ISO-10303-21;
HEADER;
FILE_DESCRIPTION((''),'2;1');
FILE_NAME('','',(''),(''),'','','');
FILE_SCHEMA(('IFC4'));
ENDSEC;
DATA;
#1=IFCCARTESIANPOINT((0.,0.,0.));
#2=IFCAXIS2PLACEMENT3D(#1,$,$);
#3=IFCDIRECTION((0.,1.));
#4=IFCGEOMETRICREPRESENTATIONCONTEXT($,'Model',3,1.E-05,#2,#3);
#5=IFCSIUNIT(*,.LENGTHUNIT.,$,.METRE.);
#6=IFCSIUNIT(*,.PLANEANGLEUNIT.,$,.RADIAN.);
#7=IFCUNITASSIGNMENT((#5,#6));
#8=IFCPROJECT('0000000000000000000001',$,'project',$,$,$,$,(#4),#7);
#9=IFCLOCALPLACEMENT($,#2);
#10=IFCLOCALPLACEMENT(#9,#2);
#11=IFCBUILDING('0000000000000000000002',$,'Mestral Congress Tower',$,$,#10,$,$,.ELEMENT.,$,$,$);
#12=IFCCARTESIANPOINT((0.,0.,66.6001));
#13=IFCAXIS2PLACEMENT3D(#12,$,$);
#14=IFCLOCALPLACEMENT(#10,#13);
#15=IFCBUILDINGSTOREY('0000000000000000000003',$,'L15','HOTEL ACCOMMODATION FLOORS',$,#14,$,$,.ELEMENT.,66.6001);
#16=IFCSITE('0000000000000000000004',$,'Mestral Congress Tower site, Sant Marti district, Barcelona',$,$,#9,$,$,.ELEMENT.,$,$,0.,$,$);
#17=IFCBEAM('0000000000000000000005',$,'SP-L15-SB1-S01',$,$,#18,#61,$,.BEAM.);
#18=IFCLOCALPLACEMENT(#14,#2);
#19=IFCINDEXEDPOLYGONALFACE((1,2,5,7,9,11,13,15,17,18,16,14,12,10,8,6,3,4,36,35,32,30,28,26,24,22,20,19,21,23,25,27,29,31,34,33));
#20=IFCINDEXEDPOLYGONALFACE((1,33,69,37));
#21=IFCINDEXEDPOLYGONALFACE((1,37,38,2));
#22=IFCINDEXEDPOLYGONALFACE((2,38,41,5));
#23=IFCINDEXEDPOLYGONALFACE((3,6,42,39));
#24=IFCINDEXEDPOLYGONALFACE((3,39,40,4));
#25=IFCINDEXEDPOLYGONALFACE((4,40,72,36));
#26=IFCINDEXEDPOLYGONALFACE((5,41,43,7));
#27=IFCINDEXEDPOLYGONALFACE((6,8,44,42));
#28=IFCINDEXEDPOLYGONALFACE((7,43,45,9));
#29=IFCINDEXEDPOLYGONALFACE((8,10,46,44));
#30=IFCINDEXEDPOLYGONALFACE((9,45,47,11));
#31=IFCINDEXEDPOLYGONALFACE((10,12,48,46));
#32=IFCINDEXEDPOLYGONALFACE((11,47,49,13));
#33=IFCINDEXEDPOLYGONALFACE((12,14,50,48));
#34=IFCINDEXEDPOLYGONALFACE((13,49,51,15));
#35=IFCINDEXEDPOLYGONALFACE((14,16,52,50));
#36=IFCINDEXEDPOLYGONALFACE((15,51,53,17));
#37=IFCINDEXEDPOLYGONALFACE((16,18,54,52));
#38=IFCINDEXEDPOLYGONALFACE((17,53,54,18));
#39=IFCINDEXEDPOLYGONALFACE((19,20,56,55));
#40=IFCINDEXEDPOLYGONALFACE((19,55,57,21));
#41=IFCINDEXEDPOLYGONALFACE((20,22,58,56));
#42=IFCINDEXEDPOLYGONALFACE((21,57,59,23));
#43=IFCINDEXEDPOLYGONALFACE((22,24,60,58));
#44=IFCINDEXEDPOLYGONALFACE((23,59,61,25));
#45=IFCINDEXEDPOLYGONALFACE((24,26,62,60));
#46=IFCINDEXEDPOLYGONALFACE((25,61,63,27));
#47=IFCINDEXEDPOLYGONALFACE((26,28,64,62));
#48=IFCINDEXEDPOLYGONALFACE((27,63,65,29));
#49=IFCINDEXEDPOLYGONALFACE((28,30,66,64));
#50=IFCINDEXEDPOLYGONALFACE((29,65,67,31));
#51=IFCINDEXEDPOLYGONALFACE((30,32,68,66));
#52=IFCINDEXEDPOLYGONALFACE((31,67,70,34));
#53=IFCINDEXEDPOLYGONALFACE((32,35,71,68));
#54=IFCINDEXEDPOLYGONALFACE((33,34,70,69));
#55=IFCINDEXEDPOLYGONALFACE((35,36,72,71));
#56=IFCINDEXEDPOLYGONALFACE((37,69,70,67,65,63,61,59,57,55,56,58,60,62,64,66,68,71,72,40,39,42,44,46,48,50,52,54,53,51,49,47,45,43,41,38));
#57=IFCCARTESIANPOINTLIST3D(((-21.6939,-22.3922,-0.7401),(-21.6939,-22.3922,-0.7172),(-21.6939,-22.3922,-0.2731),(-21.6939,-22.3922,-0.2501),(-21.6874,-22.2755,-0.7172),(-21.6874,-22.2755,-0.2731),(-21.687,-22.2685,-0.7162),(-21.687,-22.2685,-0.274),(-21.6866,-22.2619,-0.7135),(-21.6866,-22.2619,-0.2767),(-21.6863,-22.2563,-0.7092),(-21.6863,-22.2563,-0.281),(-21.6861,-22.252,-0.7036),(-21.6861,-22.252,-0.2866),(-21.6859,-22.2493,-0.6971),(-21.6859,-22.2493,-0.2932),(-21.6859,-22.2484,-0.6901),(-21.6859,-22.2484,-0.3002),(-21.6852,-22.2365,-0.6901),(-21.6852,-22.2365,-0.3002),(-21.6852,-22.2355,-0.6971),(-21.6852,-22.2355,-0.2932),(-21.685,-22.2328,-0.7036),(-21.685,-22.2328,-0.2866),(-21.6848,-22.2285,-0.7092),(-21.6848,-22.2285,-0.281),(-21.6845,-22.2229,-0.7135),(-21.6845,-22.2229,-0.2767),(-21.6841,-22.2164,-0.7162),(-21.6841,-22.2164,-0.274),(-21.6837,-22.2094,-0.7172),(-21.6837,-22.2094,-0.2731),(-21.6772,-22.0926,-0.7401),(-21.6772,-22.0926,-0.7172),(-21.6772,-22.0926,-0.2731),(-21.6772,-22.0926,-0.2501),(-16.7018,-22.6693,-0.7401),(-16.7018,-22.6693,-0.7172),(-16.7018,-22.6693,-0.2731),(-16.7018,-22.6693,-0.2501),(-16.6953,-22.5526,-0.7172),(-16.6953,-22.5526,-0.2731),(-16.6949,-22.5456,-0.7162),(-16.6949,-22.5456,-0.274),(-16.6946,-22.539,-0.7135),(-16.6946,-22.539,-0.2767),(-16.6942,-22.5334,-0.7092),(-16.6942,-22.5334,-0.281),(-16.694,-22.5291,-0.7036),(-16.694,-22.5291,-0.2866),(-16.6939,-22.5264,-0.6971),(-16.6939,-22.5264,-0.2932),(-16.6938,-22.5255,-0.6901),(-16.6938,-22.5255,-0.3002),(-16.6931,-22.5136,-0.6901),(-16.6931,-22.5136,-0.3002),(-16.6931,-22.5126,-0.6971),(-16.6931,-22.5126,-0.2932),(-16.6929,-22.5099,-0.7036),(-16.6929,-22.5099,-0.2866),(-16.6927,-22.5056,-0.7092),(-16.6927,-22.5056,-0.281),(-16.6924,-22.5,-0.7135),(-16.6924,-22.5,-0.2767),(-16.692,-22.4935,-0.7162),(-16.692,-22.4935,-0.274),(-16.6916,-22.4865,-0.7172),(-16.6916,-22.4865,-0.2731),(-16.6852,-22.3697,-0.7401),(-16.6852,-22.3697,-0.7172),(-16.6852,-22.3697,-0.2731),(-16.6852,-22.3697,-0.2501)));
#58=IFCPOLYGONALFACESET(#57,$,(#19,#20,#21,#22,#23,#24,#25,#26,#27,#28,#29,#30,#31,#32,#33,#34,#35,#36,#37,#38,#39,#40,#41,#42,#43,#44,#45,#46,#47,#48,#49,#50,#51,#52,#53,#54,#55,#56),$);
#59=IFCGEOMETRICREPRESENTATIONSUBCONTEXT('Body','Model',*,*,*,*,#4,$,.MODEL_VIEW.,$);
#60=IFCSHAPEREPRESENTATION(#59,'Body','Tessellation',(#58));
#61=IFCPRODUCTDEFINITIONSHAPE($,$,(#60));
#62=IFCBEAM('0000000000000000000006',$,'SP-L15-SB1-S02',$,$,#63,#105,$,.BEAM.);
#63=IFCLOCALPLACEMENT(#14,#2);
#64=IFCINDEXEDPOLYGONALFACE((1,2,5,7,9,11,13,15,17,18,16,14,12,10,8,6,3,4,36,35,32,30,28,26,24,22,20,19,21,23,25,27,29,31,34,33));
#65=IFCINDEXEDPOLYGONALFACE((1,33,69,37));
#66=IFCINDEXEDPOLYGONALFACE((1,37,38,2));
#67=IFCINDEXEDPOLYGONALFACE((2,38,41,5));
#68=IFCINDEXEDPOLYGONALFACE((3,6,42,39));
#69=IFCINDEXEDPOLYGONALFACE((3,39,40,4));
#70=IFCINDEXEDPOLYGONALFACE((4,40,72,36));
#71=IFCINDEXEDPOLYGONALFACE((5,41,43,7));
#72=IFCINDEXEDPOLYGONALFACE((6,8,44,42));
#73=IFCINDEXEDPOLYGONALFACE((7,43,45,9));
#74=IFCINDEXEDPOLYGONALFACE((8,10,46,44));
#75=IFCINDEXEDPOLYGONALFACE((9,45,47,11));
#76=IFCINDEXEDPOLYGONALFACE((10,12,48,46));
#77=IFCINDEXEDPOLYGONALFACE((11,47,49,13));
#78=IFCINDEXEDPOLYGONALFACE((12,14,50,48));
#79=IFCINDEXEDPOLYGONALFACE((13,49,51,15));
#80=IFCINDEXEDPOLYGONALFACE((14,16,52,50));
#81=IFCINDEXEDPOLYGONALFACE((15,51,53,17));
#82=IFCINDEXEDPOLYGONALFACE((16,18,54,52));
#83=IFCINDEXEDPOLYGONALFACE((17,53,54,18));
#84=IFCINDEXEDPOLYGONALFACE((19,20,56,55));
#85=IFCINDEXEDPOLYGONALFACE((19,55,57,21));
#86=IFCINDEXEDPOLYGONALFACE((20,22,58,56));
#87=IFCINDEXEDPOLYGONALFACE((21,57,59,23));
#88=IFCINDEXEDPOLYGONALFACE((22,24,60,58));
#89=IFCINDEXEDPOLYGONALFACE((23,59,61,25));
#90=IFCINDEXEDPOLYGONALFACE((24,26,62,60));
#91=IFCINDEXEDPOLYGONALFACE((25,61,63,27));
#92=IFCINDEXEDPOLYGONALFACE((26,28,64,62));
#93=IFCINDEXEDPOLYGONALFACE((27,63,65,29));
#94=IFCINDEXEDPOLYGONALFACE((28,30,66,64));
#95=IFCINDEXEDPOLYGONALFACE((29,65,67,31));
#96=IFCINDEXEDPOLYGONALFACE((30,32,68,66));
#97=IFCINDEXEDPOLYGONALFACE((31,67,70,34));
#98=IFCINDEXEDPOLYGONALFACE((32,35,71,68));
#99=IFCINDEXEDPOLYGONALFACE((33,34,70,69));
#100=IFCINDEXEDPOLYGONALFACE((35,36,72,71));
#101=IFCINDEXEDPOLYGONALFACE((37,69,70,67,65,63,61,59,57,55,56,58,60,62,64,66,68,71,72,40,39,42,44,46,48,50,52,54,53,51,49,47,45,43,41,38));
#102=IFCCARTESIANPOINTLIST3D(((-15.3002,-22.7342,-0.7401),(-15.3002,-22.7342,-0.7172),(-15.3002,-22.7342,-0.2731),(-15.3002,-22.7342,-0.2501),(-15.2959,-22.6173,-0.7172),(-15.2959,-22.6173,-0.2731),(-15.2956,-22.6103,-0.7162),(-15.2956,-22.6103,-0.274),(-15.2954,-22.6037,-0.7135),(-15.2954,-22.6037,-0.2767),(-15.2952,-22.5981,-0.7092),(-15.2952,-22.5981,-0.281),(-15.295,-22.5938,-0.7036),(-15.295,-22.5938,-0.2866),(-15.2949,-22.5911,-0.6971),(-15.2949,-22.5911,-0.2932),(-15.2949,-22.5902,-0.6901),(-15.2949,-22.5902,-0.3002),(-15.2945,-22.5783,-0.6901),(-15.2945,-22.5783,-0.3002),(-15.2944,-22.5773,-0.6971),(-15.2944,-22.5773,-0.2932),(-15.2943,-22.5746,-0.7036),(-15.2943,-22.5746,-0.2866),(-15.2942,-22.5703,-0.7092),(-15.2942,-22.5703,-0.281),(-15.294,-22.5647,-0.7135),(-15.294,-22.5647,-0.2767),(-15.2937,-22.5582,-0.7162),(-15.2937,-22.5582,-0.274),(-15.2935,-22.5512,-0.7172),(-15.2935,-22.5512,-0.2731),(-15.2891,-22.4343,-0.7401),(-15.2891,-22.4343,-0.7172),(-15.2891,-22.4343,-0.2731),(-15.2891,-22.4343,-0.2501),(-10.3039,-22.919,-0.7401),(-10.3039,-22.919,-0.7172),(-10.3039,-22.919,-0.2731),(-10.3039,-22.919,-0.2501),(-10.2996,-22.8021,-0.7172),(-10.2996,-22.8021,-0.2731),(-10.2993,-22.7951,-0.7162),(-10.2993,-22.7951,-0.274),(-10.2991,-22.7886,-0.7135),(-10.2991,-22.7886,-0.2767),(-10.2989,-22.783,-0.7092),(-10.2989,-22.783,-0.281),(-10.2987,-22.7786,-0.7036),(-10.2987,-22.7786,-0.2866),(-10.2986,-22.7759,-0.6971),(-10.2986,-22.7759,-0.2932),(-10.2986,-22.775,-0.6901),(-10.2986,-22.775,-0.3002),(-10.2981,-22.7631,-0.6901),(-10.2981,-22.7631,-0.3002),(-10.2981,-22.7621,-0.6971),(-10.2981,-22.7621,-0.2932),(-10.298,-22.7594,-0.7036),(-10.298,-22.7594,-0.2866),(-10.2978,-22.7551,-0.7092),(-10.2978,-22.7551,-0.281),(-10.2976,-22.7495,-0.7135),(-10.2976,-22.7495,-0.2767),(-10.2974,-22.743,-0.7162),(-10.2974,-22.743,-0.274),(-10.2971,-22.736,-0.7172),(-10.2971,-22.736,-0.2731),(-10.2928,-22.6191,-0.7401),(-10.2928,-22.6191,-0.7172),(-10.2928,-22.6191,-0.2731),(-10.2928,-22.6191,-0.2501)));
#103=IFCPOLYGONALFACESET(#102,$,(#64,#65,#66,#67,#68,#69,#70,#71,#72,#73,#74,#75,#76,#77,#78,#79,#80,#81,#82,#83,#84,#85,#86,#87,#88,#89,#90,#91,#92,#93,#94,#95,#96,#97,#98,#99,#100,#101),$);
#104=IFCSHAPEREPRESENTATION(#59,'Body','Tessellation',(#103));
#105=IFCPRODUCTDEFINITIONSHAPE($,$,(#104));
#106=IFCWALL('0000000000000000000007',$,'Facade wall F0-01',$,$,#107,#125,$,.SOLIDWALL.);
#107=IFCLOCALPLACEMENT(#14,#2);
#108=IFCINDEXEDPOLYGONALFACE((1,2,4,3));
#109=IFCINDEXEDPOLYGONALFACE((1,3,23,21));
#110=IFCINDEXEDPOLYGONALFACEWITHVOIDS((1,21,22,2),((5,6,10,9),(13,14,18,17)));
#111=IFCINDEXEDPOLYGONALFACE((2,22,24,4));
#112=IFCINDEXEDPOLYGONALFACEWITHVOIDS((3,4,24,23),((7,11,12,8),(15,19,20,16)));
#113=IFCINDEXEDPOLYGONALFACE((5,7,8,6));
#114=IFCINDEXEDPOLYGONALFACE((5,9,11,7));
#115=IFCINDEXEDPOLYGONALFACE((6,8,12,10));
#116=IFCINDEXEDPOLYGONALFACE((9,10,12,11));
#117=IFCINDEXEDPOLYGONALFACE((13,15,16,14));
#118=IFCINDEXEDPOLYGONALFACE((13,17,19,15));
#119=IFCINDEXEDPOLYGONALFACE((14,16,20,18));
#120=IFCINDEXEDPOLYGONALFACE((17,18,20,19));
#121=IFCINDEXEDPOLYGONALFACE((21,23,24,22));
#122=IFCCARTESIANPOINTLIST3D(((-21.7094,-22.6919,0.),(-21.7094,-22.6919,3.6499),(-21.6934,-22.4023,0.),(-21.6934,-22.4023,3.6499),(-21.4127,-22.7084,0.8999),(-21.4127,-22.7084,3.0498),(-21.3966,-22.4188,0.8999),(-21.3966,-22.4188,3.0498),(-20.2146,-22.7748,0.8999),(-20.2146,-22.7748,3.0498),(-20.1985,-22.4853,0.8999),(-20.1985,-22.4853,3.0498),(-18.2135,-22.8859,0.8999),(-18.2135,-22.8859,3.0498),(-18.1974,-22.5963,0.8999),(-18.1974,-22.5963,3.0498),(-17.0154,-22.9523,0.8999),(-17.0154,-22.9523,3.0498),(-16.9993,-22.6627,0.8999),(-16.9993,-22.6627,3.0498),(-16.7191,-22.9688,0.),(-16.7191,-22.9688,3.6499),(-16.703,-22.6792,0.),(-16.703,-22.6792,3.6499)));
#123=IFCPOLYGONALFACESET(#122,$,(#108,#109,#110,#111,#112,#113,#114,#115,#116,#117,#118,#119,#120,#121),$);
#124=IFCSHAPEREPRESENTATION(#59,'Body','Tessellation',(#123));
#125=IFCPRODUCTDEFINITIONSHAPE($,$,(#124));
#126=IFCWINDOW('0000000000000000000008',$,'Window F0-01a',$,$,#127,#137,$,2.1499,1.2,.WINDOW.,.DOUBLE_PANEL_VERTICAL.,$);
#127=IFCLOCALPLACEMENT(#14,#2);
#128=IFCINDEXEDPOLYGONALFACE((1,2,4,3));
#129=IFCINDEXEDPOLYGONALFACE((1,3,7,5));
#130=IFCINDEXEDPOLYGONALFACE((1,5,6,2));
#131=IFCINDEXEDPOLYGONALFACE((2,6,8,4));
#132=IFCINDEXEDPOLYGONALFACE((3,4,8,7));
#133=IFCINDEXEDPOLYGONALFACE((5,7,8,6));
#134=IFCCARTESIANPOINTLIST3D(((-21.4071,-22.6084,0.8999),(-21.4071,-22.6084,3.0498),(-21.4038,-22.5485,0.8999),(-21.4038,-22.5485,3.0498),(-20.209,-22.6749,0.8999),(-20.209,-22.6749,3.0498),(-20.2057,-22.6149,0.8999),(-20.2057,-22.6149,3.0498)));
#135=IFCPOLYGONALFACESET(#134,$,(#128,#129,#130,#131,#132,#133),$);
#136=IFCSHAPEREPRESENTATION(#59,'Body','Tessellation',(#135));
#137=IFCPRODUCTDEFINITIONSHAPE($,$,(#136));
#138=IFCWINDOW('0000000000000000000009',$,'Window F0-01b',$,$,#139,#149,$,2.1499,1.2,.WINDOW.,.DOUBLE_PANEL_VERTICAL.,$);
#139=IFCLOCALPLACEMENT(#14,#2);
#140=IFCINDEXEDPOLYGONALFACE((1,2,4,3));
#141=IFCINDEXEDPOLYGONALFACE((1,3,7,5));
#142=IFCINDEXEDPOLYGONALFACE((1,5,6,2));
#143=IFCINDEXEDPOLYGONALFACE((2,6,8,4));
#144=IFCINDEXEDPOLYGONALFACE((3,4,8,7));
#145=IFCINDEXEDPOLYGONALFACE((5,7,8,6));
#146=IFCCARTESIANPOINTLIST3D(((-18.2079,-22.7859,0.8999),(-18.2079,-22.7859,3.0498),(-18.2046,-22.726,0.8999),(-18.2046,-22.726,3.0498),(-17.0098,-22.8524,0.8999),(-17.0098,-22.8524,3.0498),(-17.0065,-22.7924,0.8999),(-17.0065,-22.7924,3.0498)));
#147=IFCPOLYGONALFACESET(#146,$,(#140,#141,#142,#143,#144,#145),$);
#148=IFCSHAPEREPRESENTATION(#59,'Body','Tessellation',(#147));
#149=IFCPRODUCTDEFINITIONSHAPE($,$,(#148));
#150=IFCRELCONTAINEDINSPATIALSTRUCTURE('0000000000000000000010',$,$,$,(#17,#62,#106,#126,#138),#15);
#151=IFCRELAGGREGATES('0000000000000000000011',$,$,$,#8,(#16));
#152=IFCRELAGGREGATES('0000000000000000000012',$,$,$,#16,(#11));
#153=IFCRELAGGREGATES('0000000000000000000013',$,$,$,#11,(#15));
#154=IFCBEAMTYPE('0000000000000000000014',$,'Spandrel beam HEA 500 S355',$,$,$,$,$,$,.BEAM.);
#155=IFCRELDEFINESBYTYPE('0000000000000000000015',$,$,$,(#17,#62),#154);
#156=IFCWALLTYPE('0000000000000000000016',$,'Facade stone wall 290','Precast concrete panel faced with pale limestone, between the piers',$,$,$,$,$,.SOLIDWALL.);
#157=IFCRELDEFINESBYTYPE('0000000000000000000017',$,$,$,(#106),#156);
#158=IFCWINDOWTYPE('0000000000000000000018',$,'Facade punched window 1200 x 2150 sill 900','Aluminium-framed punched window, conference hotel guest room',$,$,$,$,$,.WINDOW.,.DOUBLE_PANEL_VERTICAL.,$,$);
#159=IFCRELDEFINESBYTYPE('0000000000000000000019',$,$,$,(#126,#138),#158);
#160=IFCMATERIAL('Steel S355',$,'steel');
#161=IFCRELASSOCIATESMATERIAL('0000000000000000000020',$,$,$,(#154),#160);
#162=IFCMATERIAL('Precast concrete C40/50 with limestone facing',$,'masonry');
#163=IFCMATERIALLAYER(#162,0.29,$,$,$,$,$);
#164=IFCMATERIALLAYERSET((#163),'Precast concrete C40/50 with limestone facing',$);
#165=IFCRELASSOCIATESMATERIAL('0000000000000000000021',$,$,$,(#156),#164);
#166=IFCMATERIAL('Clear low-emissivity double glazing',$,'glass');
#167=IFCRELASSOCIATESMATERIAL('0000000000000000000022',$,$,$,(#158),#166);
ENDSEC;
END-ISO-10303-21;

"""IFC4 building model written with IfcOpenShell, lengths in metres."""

from ifc_helpers import new_model, si_unit, direction, frame, frame_2d, origin, origin_2d, place, context, subcontext, project, spatial, rectangle, i_section, extrude, material, layer, layer_set, material_profile, profile_set, type_object, element, fill, save


model = new_model("IFC4")

# Units and contexts
model_context = context("Model", 3, precision=1e-05, world=origin(), true_north=direction((0.0, 1.0)))
body_context = subcontext(model_context, "Body", "Model", "MODEL_VIEW")
ifc_project = project(units=[si_unit("LENGTHUNIT", "METRE"), si_unit("PLANEANGLEUNIT", "RADIAN")], contexts=[model_context])

# Site, building, storey
site_placement = place(None, origin())
site = spatial("IfcSite", under=ifc_project, at=site_placement, Name="Mestral Congress Tower site, Sant Marti district, Barcelona", CompositionType="ELEMENT", RefElevation=0.0)
building_placement = place(site_placement, origin())
building = spatial("IfcBuilding", under=site, at=building_placement, Name="Mestral Congress Tower", CompositionType="ELEMENT")
storey_placement = place(building_placement, frame((0.0, 0.0, 66.6001)))
storey = spatial("IfcBuildingStorey", under=building, at=storey_placement, Name="L15", Description="HOTEL ACCOMMODATION FLOORS", CompositionType="ELEMENT", Elevation=66.6001)

# Beams
ifc_material_1 = material(Name="Steel S355", Category="steel")
ifc_material_profile_1 = material_profile(ifc_material_1, i_section(OverallWidth=0.3, OverallDepth=0.49, WebThickness=0.012, FlangeThickness=0.0229, FilletRadius=0.0271, at=origin_2d()), Name="HEA 500")
ifc_profile_set_1 = profile_set([ifc_material_profile_1], Name="Steel S355")
beam_type_1 = type_object("IfcBeamType", Name="Spandrel beam HEA 500 S355", PredefinedType="BEAM", material=ifc_profile_set_1)
for number, where, z_axis, x_axis, name in (
    (1, (-21.6855, -22.2424, -0.4951), (0.998463, -0.055421, 0.0), (0.055421, 0.998463, 0.0), "SP-L15-SB1-S01"),
    (2, (-15.2947, -22.5842, -0.4951), (0.999317, -0.036965, 0.0), (0.036965, 0.999317, 0.0), "SP-L15-SB1-S02"),
):
    element("IfcBeam", number, at=place(storey_placement, frame(where, z_axis=z_axis, x_axis=x_axis)), inside=storey, type_object=beam_type_1, Name=name, PredefinedType="BEAM", context=body_context, shape_type="SweptSolid", body=[
        extrude(i_section(OverallWidth=0.3, OverallDepth=0.49, WebThickness=0.012, FlangeThickness=0.0229, FilletRadius=0.0271, at=origin_2d()), origin(), (0.0, 0.0, 1.0), 4.9998),
    ])

# Wall, openings, windows
ifc_material_2 = material(Name="Precast concrete C40/50 with limestone facing", Category="masonry")
ifc_layer_1 = layer(ifc_material_2, 0.29)
ifc_layer_set_1 = layer_set([ifc_layer_1], Name="Precast concrete C40/50 with limestone facing")
wall_type_1 = type_object("IfcWallType", Name="Facade stone wall 290", Description="Precast concrete panel faced with pale limestone, between the piers", PredefinedType="SOLIDWALL", material=ifc_layer_set_1)
wall_1_placement = place(storey_placement, frame((-21.7014, -22.5471, 0.0), z_axis=(0.0, 0.0, 1.0), x_axis=(0.998465, -0.055392, 0.0)))
wall_1 = element("IfcWall", 3, at=wall_1_placement, inside=storey, type_object=wall_type_1, Name="Facade wall F0-01", PredefinedType="SOLIDWALL", context=body_context, shape_type="SweptSolid", body=[
    extrude(rectangle(XDim=4.998, YDim=0.29, at=frame_2d((2.499, 0.0))), origin(), (0.0, 0.0, 1.0), 3.6499),
])
opening_1_placement = place(wall_1_placement, frame((0.2971, 0.0, 0.8999)))
opening_1 = element("IfcOpeningElement", 4, at=opening_1_placement, cuts=wall_1, PredefinedType="OPENING", context=body_context, shape_type="SweptSolid", body=[
    extrude(rectangle(XDim=1.2, YDim=2.1499, at=frame_2d((0.6001, 1.075))), frame((0.0, 0.155, 0.0), z_axis=(0.0, -1.0, 0.0), x_axis=(1.0, 0.0, 0.0)), (0.0, 0.0, 1.0), 0.3101),
])
opening_2_placement = place(wall_1_placement, frame((3.5012, 0.0, 0.8999)))
opening_2 = element("IfcOpeningElement", 5, at=opening_2_placement, cuts=wall_1, PredefinedType="OPENING", context=body_context, shape_type="SweptSolid", body=[
    extrude(rectangle(XDim=1.2, YDim=2.1499, at=frame_2d((0.6001, 1.075))), frame((0.0, 0.155, 0.0), z_axis=(0.0, -1.0, 0.0), x_axis=(1.0, 0.0, 0.0)), (0.0, 0.0, 1.0), 0.3101),
])
ifc_material_3 = material(Name="Clear low-emissivity double glazing", Category="glass")
window_type = type_object("IfcWindowType", Name="Facade punched window 1200 x 2150 sill 900", Description="Aluminium-framed punched window, conference hotel guest room", PartitioningType="DOUBLE_PANEL_VERTICAL", PredefinedType="WINDOW", material=ifc_material_3)
window_1_placement = place(opening_1_placement, origin())
window_1 = element("IfcWindow", 6, at=window_1_placement, inside=storey, type_object=window_type, Name="Window F0-01a", OverallHeight=2.1499, OverallWidth=1.2, PartitioningType="DOUBLE_PANEL_VERTICAL", PredefinedType="WINDOW", context=body_context, shape_type="SweptSolid", body=[
    extrude(rectangle(XDim=1.2, YDim=2.1499, at=frame_2d((0.6001, 1.075))), frame((0.0, 0.0151, 0.0), z_axis=(0.0, -1.0, 0.0), x_axis=(1.0, 0.0, 0.0)), (0.0, 0.0, 1.0), 0.0601),
])
fill(opening_1, window_1)
window_2_placement = place(opening_2_placement, origin())
window_2 = element("IfcWindow", 7, at=window_2_placement, inside=storey, type_object=window_type, Name="Window F0-01b", OverallHeight=2.1499, OverallWidth=1.2, PartitioningType="DOUBLE_PANEL_VERTICAL", PredefinedType="WINDOW", context=body_context, shape_type="SweptSolid", body=[
    extrude(rectangle(XDim=1.2, YDim=2.1499, at=frame_2d((0.6001, 1.075))), frame((0.0, 0.0151, 0.0), z_axis=(0.0, -1.0, 0.0), x_axis=(1.0, 0.0, 0.0)), (0.0, 0.0, 1.0), 0.0601),
])
fill(opening_2, window_2)

save(model, "model.ifc")
